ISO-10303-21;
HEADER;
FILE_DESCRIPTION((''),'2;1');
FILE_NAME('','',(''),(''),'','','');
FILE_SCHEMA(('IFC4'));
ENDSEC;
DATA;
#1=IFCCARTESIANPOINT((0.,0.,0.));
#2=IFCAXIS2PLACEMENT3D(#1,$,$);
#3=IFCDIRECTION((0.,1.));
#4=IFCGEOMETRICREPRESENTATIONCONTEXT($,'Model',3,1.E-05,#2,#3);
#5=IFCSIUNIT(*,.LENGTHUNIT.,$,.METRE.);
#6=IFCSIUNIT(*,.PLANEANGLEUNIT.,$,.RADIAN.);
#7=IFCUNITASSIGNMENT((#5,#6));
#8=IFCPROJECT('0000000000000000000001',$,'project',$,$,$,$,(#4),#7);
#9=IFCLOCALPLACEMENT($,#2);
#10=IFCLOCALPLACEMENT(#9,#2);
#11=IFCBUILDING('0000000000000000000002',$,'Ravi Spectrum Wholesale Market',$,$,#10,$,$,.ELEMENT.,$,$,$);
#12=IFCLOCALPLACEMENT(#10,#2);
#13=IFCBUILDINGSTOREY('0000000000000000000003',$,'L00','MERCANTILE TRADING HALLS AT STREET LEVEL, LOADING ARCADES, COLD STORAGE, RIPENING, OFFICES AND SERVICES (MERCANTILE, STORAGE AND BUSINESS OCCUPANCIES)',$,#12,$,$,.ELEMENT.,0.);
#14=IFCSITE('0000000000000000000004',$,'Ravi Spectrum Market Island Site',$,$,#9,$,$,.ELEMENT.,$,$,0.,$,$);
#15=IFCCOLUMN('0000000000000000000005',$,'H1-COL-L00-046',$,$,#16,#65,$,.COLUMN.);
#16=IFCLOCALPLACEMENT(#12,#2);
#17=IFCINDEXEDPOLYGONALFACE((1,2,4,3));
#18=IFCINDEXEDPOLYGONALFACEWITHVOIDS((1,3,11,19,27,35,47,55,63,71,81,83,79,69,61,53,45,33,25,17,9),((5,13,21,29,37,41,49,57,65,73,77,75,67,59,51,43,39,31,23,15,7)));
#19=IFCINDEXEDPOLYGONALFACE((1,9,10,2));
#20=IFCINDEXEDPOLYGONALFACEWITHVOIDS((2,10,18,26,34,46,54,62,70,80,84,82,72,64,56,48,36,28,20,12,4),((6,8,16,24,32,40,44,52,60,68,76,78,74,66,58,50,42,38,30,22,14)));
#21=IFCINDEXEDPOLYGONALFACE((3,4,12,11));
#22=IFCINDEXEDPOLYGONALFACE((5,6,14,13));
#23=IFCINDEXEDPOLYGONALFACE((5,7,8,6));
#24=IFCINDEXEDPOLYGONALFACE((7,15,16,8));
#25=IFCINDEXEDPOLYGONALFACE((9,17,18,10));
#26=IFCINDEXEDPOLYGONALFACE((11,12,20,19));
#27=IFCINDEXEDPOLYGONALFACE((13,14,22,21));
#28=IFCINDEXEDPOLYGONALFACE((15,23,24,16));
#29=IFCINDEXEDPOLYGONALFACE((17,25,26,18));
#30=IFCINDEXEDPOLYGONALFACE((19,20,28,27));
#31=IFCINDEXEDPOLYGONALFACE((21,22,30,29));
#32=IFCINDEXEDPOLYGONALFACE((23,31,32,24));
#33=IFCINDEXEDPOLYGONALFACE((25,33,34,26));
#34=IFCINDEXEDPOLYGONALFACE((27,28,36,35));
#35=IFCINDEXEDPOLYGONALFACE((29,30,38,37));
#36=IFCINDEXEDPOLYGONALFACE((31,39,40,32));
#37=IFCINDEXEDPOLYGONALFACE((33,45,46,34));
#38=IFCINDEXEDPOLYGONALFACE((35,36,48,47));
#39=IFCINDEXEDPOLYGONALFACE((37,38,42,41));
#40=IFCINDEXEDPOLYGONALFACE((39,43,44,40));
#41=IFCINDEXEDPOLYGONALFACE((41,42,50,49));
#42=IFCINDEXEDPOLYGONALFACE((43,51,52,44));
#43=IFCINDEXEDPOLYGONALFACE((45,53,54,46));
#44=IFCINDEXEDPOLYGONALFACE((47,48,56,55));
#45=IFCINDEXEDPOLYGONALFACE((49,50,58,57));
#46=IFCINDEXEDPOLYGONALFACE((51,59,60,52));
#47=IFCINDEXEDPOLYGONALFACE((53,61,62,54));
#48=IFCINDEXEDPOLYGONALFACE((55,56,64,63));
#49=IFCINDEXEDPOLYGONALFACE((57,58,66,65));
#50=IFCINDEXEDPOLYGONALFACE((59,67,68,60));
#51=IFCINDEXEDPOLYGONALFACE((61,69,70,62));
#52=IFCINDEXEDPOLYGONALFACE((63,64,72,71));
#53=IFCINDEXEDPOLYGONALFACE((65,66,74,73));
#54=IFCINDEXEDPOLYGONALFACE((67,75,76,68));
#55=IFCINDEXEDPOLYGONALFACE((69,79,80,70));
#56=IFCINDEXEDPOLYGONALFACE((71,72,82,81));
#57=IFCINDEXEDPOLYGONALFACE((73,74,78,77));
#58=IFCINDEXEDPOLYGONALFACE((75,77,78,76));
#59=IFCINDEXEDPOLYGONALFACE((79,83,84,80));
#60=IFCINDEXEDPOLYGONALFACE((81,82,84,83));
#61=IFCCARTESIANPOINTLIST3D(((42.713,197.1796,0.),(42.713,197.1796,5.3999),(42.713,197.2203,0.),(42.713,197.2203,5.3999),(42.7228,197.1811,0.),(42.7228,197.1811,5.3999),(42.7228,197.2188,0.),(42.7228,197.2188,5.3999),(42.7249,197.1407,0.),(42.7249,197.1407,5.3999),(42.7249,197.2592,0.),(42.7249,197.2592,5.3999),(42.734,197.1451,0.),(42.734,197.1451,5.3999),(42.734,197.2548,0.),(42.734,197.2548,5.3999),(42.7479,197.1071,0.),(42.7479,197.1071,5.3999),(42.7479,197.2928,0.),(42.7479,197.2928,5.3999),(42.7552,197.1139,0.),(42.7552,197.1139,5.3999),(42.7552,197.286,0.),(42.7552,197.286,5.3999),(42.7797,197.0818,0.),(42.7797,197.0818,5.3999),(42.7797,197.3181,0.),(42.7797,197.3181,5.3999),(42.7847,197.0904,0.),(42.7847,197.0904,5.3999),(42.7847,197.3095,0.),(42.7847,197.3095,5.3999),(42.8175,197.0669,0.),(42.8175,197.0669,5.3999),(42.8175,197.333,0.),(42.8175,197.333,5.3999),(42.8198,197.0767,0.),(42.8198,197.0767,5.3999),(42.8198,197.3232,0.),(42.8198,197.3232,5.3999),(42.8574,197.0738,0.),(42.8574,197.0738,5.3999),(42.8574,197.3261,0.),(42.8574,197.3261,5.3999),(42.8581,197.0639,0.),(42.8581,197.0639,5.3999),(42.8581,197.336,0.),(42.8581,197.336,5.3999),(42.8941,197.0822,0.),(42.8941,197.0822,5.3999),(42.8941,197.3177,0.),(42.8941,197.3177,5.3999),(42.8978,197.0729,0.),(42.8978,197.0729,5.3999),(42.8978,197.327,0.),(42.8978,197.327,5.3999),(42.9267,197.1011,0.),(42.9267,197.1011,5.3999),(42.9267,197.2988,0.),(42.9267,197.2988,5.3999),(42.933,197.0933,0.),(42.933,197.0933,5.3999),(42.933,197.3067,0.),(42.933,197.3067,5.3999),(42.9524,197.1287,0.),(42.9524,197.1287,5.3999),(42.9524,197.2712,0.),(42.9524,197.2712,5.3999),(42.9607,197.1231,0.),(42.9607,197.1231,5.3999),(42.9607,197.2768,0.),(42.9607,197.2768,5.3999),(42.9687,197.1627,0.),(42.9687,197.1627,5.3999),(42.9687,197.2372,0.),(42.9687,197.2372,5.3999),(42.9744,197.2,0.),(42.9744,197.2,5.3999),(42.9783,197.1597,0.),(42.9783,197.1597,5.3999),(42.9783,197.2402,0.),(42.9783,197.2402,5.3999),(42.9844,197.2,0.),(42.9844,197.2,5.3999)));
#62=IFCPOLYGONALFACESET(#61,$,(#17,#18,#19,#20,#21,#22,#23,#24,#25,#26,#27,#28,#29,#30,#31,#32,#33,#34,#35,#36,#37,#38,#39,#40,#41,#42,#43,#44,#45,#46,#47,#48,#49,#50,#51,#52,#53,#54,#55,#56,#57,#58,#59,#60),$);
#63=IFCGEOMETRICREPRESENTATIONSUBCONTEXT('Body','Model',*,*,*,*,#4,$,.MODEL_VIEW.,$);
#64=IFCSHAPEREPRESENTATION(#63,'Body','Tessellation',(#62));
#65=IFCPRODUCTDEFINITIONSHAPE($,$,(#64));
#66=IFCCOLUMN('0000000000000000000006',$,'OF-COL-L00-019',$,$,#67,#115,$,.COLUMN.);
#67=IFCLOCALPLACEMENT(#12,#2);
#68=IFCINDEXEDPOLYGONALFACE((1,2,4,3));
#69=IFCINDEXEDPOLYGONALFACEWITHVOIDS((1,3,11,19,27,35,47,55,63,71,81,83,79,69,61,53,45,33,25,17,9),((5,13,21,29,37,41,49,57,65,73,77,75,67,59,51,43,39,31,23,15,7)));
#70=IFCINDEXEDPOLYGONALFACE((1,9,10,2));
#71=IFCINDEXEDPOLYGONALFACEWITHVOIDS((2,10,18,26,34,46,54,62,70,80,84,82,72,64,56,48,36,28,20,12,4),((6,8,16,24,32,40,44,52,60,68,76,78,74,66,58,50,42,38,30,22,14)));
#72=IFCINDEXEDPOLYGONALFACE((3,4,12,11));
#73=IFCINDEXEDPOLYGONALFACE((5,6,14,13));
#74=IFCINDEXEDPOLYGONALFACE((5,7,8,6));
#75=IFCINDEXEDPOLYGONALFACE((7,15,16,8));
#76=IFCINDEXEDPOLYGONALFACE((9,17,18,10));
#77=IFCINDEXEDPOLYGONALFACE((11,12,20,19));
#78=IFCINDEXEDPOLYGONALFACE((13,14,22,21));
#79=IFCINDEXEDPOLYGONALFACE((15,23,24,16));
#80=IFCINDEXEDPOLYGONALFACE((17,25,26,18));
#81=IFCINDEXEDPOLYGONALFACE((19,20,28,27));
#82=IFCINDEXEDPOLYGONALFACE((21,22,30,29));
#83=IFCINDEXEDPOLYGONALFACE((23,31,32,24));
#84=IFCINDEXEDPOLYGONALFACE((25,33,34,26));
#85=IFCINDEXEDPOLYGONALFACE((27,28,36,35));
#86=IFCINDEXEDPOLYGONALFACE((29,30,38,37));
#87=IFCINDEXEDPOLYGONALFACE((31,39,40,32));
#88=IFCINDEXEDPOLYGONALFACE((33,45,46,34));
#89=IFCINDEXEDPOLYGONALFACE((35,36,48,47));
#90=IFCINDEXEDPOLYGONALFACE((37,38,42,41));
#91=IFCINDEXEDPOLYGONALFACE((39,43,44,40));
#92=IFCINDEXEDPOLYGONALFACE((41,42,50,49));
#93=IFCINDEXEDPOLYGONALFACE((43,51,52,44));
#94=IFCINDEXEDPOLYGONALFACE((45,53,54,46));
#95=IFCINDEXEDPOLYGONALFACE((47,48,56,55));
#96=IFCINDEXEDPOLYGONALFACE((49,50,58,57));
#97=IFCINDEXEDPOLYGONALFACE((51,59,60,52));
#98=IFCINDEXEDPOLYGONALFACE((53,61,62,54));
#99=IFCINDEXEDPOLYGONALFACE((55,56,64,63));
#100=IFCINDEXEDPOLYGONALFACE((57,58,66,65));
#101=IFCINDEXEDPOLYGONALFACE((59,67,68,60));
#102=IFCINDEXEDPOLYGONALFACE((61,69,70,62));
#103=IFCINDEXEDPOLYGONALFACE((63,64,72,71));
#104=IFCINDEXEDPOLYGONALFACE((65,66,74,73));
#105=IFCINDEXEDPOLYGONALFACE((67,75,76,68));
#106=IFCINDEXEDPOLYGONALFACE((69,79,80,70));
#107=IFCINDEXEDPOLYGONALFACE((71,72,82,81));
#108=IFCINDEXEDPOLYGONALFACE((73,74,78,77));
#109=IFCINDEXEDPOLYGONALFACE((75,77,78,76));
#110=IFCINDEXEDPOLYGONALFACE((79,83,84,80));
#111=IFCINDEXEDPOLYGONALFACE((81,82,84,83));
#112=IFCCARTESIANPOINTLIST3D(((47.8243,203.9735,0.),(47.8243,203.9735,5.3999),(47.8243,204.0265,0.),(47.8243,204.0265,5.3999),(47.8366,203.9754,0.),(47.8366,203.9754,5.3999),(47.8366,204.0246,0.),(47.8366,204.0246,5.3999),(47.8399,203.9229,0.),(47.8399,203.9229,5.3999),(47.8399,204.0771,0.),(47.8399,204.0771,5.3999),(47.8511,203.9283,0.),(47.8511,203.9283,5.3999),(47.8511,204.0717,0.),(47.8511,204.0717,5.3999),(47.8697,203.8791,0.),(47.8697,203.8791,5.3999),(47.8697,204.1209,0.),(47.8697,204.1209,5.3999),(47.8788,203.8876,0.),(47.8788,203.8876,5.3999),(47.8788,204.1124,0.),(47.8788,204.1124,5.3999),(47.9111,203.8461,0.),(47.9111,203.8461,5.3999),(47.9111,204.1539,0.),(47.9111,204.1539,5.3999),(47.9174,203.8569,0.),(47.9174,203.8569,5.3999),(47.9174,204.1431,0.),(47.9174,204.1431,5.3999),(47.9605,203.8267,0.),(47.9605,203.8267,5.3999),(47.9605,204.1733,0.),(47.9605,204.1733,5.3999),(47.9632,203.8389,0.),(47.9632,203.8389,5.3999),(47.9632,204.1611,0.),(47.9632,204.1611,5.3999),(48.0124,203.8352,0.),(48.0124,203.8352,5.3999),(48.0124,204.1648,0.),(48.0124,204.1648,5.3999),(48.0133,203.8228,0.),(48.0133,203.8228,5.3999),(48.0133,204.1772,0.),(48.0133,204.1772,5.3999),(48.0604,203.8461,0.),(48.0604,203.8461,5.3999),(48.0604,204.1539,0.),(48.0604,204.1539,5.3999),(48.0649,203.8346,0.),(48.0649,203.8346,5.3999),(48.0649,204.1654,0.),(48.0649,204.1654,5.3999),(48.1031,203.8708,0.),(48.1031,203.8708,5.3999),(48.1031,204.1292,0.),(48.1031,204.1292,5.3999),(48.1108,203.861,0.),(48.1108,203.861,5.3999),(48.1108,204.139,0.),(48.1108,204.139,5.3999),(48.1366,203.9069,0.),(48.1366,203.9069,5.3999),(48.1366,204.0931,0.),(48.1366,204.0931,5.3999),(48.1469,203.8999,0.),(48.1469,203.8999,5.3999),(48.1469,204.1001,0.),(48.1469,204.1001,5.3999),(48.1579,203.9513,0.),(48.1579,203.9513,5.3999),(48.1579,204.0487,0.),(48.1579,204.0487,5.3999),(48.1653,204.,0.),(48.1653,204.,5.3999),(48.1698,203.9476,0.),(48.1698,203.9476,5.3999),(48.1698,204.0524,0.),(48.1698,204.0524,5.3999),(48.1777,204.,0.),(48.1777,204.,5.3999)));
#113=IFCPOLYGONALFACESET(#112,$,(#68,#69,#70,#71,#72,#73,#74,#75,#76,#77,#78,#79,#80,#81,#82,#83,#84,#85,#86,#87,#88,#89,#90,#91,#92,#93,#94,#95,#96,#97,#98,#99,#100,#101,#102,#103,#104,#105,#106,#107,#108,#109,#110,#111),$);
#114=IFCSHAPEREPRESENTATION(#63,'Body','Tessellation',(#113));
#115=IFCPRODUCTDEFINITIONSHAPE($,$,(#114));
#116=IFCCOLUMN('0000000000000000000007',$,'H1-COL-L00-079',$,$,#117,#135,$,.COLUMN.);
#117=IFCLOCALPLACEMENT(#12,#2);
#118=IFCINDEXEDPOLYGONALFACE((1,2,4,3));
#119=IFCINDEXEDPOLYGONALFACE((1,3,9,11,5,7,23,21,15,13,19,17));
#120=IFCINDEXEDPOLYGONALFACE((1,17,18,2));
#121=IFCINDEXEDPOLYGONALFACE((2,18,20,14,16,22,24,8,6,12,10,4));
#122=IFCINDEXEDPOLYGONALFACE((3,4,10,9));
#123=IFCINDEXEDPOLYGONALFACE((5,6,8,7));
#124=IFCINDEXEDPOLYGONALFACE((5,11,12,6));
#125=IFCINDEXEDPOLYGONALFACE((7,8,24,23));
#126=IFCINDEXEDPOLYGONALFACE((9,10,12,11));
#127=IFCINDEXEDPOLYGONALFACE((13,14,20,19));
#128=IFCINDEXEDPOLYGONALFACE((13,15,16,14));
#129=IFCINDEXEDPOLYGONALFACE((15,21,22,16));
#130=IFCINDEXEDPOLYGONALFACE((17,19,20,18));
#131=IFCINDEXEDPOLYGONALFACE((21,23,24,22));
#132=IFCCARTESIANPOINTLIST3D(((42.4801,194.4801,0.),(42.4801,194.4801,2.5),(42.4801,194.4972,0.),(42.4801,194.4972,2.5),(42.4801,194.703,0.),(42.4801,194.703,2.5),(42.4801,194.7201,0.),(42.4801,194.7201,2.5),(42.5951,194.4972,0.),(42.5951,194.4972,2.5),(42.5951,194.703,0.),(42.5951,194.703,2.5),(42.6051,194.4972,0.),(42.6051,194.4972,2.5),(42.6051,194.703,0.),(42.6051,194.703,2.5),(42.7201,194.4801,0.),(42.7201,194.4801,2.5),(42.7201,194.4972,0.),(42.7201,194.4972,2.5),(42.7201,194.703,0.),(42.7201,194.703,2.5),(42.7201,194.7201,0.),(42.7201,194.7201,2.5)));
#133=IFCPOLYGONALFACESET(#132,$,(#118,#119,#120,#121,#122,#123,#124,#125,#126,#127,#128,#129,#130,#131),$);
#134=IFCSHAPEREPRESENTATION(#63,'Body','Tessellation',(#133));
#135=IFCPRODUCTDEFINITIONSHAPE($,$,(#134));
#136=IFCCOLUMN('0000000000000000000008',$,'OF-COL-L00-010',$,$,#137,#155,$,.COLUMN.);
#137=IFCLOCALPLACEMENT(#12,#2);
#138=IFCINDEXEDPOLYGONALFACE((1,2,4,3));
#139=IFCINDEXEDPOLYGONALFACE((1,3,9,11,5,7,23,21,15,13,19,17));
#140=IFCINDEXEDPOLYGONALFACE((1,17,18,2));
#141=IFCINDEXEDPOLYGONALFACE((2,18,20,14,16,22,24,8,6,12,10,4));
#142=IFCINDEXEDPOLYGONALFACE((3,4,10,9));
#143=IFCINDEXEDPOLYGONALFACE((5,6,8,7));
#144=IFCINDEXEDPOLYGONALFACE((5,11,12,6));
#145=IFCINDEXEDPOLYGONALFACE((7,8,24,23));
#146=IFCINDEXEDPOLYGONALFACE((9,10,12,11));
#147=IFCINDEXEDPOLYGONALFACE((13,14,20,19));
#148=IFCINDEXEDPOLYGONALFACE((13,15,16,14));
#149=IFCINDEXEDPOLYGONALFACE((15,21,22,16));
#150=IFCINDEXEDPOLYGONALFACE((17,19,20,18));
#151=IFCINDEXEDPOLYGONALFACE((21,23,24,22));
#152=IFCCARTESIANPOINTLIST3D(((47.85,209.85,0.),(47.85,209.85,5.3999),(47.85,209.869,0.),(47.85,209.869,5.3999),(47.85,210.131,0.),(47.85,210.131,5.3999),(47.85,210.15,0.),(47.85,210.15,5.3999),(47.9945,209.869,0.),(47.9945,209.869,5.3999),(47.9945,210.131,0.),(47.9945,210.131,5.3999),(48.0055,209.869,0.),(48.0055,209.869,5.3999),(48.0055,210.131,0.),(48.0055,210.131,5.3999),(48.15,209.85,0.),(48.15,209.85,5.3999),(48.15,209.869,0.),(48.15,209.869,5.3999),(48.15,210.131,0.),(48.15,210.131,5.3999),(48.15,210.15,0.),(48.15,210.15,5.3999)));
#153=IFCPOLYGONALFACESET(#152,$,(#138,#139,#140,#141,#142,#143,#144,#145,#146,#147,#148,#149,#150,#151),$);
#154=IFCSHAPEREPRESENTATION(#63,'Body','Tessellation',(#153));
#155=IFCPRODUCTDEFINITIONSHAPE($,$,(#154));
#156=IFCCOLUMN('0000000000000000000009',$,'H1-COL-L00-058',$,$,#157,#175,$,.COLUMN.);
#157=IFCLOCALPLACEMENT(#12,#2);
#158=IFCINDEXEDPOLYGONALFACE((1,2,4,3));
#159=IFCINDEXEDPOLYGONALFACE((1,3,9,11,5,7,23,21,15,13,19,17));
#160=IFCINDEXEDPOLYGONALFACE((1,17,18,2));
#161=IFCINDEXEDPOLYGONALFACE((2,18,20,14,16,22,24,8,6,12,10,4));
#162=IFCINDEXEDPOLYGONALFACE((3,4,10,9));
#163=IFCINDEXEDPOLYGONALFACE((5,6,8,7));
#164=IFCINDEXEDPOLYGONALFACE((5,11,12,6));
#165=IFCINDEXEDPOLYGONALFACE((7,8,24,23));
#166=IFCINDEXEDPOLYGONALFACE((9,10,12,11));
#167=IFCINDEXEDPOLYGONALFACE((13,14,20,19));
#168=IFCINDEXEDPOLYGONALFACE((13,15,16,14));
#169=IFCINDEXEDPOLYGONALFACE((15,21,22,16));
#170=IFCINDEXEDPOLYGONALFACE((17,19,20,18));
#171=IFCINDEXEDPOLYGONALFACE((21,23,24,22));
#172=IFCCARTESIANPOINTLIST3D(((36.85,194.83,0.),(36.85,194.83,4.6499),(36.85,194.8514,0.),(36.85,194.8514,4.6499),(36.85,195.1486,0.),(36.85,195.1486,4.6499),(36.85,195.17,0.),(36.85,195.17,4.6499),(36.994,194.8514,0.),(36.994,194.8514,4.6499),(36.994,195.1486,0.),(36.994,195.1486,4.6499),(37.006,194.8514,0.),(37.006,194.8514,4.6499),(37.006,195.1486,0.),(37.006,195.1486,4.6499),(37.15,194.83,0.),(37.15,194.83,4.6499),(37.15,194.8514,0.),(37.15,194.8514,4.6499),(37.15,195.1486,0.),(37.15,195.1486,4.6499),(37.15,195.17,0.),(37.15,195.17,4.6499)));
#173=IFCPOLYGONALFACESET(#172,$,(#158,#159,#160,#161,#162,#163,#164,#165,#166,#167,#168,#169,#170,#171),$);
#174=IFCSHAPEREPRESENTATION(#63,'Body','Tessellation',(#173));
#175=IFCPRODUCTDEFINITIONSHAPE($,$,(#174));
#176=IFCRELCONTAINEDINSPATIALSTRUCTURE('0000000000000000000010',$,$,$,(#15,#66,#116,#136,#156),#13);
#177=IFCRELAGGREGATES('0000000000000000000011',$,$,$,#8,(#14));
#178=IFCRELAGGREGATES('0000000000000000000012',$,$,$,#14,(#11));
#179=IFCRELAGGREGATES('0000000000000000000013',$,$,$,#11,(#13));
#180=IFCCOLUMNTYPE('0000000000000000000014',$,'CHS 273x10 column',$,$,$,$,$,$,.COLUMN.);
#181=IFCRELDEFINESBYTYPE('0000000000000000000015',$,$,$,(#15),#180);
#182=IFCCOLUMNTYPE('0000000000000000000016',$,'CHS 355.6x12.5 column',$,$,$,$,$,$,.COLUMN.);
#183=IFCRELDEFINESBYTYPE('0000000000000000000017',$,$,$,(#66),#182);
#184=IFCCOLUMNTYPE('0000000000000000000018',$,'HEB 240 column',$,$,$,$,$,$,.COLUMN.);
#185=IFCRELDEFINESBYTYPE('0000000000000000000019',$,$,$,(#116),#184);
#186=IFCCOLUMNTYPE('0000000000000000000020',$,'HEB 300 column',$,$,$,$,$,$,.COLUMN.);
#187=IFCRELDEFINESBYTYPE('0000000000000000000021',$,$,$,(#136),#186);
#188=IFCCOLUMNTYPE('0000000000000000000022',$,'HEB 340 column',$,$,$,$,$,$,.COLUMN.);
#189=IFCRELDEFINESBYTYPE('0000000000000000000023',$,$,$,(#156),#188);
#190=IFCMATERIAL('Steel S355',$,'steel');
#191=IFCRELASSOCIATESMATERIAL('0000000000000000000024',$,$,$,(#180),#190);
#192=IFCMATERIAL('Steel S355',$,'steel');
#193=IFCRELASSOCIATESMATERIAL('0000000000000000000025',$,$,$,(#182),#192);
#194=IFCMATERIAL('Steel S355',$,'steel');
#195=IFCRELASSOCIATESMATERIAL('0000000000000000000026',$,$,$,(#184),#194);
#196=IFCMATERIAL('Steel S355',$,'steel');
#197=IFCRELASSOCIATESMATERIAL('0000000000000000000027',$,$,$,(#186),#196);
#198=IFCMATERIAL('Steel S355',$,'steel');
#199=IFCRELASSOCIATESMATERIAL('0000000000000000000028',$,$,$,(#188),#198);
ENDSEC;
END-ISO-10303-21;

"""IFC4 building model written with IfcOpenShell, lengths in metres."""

from ifc_helpers import new_model, si_unit, direction, frame, origin, origin_2d, place, context, subcontext, project, spatial, hollow_circle, i_section, extrude, material, material_profile, profile_set, type_object, element, save


model = new_model("IFC4")

# Units and contexts
model_context = context("Model", 3, precision=1e-05, world=origin(), true_north=direction((0.0, 1.0)))
body_context = subcontext(model_context, "Body", "Model", "MODEL_VIEW")
ifc_project = project(units=[si_unit("LENGTHUNIT", "METRE"), si_unit("PLANEANGLEUNIT", "RADIAN")], contexts=[model_context])

# Site, building, storey
site_placement = place(None, origin())
site = spatial("IfcSite", under=ifc_project, at=site_placement, Name="Ravi Spectrum Market Island Site", CompositionType="ELEMENT", RefElevation=0.0)
building_placement = place(site_placement, origin())
building = spatial("IfcBuilding", under=site, at=building_placement, Name="Ravi Spectrum Wholesale Market", CompositionType="ELEMENT")
storey_placement = place(building_placement, origin())
storey = spatial("IfcBuildingStorey", under=building, at=storey_placement, Name="L00", Description="MERCANTILE TRADING HALLS AT STREET LEVEL, LOADING ARCADES, COLD STORAGE, RIPENING, OFFICES AND SERVICES (MERCANTILE, STORAGE AND BUSINESS OCCUPANCIES)", CompositionType="ELEMENT", Elevation=0.0)

# Columns
ifc_material_1 = material(Name="Steel S355", Category="steel")
ifc_material_profile_1 = material_profile(ifc_material_1, hollow_circle(Radius=0.1365, WallThickness=0.01, at=origin_2d()))
ifc_profile_set_1 = profile_set([ifc_material_profile_1], Name="Steel S355")
column_type_1 = type_object("IfcColumnType", Name="CHS 273x10 column", PredefinedType="COLUMN", material=ifc_profile_set_1)
for number, where, z_axis, x_axis, name in (
    (1, (42.8479, 197.2, 0.0), (0.0, 0.0, 1.0), (1.0, 0.0, 0.0), "H1-COL-L00-046"),
):
    element("IfcColumn", number, at=place(storey_placement, frame(where, z_axis=z_axis, x_axis=x_axis)), inside=storey, type_object=column_type_1, Name=name, PredefinedType="COLUMN", context=body_context, shape_type="SweptSolid", body=[
        extrude(hollow_circle(Radius=0.1365, WallThickness=0.01, at=origin_2d()), origin(), (0.0, 0.0, 1.0), 5.3999),
    ])
ifc_material_2 = material(Name="Steel S355", Category="steel")
ifc_material_profile_2 = material_profile(ifc_material_2, hollow_circle(Radius=0.1777, WallThickness=0.0125, at=origin_2d()))
ifc_profile_set_2 = profile_set([ifc_material_profile_2], Name="Steel S355")
column_type_2 = type_object("IfcColumnType", Name="CHS 355.6x12.5 column", PredefinedType="COLUMN", material=ifc_profile_set_2)
column_1_placement = place(storey_placement, frame((48.0, 204.0, 0.0), z_axis=(0.0, 0.0, 1.0), x_axis=(1.0, 0.0, 0.0)))
element("IfcColumn", 2, at=column_1_placement, inside=storey, type_object=column_type_2, Name="OF-COL-L00-019", PredefinedType="COLUMN", context=body_context, shape_type="SweptSolid", body=[
    extrude(hollow_circle(Radius=0.1777, WallThickness=0.0125, at=origin_2d()), origin(), (0.0, 0.0, 1.0), 5.3999),
])
ifc_material_3 = material(Name="Steel S355", Category="steel")
ifc_material_profile_3 = material_profile(ifc_material_3, i_section(OverallWidth=0.24, OverallDepth=0.24, WebThickness=0.01, FlangeThickness=0.0171, at=origin_2d()))
ifc_profile_set_3 = profile_set([ifc_material_profile_3], Name="Steel S355")
column_type_3 = type_object("IfcColumnType", Name="HEB 240 column", PredefinedType="COLUMN", material=ifc_profile_set_3)
column_2_placement = place(storey_placement, frame((42.6001, 194.6001, 0.0), z_axis=(0.0, 0.0, 1.0), x_axis=(1.0, 0.0, 0.0)))
element("IfcColumn", 3, at=column_2_placement, inside=storey, type_object=column_type_3, Name="H1-COL-L00-079", PredefinedType="COLUMN", context=body_context, shape_type="SweptSolid", body=[
    extrude(i_section(OverallWidth=0.24, OverallDepth=0.24, WebThickness=0.01, FlangeThickness=0.0171, at=origin_2d()), origin(), (0.0, 0.0, 1.0), 2.5),
])
ifc_material_4 = material(Name="Steel S355", Category="steel")
ifc_material_profile_4 = material_profile(ifc_material_4, i_section(OverallWidth=0.3, OverallDepth=0.3, WebThickness=0.011, FlangeThickness=0.019, at=origin_2d()))
ifc_profile_set_4 = profile_set([ifc_material_profile_4], Name="Steel S355")
column_type_4 = type_object("IfcColumnType", Name="HEB 300 column", PredefinedType="COLUMN", material=ifc_profile_set_4)
column_3_placement = place(storey_placement, frame((48.0, 210.0, 0.0), z_axis=(0.0, 0.0, 1.0), x_axis=(1.0, 0.0, 0.0)))
element("IfcColumn", 4, at=column_3_placement, inside=storey, type_object=column_type_4, Name="OF-COL-L00-010", PredefinedType="COLUMN", context=body_context, shape_type="SweptSolid", body=[
    extrude(i_section(OverallWidth=0.3, OverallDepth=0.3, WebThickness=0.011, FlangeThickness=0.019, at=origin_2d()), origin(), (0.0, 0.0, 1.0), 5.3999),
])
ifc_material_5 = material(Name="Steel S355", Category="steel")
ifc_material_profile_5 = material_profile(ifc_material_5, i_section(OverallWidth=0.3, OverallDepth=0.3401, WebThickness=0.012, FlangeThickness=0.0215, at=origin_2d()))
ifc_profile_set_5 = profile_set([ifc_material_profile_5], Name="Steel S355")
column_type_5 = type_object("IfcColumnType", Name="HEB 340 column", PredefinedType="COLUMN", material=ifc_profile_set_5)
for number, where, z_axis, x_axis, name in (
    (5, (37.0, 195.0, 0.0), (0.0, 0.0, 1.0), (1.0, 0.0, 0.0), "H1-COL-L00-058"),
):
    element("IfcColumn", number, at=place(storey_placement, frame(where, z_axis=z_axis, x_axis=x_axis)), inside=storey, type_object=column_type_5, Name=name, PredefinedType="COLUMN", context=body_context, shape_type="SweptSolid", body=[
        extrude(i_section(OverallWidth=0.3, OverallDepth=0.3401, WebThickness=0.012, FlangeThickness=0.0215, at=origin_2d()), origin(), (0.0, 0.0, 1.0), 4.6499),
    ])

save(model, "model.ifc")
